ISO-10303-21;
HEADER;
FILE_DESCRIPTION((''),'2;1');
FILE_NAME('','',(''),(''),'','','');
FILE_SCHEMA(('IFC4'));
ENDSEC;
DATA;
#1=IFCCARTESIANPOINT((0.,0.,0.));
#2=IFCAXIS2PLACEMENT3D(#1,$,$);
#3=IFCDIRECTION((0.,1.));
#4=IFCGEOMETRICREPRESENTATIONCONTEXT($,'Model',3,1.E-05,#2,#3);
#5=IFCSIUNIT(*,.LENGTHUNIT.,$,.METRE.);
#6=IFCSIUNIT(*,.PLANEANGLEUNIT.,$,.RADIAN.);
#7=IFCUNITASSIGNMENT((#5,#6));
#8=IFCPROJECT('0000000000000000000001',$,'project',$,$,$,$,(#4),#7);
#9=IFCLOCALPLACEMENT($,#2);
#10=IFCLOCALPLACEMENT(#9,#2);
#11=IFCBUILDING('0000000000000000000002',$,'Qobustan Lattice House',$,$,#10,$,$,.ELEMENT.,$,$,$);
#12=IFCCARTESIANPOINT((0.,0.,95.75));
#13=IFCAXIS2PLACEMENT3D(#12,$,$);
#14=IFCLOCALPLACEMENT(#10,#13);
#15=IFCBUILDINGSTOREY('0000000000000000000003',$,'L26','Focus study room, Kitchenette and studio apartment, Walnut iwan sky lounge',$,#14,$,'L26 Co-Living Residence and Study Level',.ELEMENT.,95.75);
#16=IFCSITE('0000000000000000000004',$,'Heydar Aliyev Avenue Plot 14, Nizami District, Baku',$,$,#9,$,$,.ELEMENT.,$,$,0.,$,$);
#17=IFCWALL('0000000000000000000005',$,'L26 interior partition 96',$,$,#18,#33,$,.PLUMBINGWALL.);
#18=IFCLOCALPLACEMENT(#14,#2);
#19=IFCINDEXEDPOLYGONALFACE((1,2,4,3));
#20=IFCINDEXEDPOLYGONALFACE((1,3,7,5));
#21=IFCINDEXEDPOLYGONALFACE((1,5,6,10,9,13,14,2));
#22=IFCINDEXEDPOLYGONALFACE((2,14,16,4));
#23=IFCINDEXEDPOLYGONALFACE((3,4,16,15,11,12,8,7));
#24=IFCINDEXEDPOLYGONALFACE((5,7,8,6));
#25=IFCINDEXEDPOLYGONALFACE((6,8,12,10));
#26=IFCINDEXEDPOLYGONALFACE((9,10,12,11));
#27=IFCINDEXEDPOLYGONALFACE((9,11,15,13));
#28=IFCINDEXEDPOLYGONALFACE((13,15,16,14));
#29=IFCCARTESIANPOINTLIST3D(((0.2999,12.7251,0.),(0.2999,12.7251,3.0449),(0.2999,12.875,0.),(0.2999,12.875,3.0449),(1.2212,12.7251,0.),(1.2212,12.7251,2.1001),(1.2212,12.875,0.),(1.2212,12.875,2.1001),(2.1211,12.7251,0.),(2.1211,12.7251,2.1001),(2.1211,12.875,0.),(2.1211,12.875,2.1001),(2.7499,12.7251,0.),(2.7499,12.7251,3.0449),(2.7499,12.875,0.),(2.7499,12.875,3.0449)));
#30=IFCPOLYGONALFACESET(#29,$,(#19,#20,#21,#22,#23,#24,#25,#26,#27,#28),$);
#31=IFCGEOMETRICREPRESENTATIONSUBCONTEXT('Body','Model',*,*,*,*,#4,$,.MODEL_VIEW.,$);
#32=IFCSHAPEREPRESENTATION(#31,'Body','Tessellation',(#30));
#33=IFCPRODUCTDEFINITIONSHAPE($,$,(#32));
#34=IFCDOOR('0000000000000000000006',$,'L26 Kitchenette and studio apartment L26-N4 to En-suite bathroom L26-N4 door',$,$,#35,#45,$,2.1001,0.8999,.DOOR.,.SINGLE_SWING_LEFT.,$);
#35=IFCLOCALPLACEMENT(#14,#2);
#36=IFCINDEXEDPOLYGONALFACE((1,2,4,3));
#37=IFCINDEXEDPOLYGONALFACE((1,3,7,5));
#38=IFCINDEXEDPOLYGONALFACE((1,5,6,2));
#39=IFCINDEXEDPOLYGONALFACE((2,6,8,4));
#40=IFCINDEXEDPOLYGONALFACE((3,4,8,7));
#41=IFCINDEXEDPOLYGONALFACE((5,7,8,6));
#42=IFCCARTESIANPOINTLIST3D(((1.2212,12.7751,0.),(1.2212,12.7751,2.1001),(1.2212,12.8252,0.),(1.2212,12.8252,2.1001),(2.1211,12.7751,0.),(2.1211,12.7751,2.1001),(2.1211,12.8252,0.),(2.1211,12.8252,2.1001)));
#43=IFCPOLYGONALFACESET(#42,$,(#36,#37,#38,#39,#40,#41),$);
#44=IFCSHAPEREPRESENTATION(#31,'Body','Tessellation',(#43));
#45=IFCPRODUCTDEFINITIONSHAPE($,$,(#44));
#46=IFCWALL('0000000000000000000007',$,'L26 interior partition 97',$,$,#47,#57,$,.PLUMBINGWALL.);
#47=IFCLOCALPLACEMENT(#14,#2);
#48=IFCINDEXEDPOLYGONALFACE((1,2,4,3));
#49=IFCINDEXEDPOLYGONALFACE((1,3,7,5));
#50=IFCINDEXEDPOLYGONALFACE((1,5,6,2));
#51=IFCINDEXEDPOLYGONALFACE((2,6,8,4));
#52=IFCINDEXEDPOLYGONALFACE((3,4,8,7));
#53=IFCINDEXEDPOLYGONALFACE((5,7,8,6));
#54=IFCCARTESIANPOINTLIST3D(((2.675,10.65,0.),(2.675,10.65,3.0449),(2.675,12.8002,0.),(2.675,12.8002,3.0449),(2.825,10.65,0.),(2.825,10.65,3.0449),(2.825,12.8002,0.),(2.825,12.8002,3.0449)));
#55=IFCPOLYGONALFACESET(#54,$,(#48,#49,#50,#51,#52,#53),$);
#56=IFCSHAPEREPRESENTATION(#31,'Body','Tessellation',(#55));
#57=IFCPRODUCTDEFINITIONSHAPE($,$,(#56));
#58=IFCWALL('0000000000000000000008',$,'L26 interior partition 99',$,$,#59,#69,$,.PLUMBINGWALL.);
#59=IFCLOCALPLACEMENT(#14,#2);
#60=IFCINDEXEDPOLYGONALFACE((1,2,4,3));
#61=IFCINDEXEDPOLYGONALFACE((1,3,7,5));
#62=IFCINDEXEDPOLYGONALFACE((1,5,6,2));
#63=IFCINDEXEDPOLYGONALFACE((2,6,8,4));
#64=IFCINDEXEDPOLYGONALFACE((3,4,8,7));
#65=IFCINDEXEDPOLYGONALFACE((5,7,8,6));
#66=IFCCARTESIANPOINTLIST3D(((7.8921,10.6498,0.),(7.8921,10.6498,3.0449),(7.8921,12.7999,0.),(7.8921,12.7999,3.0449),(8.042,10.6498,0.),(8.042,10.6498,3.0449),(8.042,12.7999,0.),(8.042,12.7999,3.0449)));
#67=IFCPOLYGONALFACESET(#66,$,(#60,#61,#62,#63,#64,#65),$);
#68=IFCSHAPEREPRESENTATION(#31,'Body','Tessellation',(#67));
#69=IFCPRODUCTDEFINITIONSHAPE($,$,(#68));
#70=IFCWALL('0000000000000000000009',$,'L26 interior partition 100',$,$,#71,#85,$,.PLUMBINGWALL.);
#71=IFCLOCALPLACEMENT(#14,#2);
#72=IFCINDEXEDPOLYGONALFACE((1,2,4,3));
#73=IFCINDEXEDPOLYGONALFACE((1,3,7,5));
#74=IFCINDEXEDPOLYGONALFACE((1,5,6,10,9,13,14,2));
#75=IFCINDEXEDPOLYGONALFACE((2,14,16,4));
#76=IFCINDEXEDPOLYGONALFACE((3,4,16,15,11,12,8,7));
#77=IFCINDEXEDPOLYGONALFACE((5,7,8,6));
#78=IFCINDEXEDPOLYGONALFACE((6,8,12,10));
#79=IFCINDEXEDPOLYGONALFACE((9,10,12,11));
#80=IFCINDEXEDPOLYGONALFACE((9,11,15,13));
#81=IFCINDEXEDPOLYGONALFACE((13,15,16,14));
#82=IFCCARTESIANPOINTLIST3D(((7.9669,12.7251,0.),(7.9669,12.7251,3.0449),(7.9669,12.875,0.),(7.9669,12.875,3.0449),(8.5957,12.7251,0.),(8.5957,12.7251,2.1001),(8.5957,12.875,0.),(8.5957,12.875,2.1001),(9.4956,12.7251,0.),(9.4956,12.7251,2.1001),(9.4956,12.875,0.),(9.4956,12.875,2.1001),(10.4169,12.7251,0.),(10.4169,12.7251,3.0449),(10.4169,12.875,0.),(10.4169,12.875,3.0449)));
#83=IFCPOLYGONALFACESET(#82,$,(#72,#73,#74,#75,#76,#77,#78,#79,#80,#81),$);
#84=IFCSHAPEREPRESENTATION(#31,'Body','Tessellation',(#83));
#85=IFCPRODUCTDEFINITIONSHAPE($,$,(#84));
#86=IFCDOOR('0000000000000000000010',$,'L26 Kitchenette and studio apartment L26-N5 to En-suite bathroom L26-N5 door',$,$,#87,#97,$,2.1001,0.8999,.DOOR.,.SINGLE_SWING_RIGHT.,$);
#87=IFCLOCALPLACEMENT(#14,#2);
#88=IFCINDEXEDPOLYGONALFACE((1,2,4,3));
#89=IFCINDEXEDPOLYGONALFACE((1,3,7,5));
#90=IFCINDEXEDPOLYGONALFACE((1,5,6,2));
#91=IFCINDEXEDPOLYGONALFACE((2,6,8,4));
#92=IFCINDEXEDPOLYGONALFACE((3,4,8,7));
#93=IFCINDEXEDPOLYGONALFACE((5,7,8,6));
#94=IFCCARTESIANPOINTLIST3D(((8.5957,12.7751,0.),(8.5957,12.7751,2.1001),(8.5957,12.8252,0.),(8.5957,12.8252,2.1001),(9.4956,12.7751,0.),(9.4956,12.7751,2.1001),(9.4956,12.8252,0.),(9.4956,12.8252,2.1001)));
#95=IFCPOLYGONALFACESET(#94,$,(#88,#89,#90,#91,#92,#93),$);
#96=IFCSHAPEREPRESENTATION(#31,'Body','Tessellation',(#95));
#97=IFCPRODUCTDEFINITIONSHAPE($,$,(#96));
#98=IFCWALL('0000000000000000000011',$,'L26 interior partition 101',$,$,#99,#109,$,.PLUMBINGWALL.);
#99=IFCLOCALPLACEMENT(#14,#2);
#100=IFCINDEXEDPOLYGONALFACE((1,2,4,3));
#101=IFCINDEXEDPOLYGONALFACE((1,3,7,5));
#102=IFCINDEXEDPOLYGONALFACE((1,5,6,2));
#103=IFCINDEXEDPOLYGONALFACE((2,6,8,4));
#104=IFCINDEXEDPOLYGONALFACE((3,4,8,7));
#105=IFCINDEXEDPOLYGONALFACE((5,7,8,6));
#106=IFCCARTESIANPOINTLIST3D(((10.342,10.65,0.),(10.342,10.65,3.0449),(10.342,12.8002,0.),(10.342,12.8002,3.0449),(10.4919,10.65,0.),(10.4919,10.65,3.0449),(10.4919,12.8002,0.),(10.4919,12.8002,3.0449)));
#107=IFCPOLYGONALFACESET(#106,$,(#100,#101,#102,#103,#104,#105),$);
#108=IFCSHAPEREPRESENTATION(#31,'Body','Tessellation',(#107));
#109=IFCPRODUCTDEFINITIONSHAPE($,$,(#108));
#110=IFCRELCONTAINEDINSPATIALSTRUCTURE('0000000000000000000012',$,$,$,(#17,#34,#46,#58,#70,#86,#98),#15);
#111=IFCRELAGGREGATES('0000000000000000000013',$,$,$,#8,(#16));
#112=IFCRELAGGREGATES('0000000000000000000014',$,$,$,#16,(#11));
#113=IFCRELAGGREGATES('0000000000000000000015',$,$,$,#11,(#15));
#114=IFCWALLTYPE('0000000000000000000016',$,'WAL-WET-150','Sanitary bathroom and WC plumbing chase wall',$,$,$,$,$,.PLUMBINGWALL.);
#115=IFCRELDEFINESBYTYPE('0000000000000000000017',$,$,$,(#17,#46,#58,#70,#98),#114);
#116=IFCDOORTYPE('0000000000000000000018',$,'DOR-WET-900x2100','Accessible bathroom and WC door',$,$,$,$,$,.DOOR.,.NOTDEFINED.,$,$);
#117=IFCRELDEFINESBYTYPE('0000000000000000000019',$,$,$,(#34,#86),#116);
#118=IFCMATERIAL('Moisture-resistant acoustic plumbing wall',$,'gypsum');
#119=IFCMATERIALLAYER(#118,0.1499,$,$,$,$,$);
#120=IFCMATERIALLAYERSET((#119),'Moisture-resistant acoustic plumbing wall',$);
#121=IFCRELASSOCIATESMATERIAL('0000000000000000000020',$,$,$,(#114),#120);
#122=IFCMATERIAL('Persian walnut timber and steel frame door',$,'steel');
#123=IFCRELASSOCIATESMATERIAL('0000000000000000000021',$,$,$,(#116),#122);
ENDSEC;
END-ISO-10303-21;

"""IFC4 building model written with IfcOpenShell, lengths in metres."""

from ifc_helpers import new_model, si_unit, direction, frame, frame_2d, origin, place, context, subcontext, project, spatial, rectangle, extrude, material, layer, layer_set, type_object, element, fill, save


model = new_model("IFC4")

# Units and contexts
model_context = context("Model", 3, precision=1e-05, world=origin(), true_north=direction((0.0, 1.0)))
body_context = subcontext(model_context, "Body", "Model", "MODEL_VIEW")
ifc_project = project(units=[si_unit("LENGTHUNIT", "METRE"), si_unit("PLANEANGLEUNIT", "RADIAN")], contexts=[model_context])

# Site, building, storey
site_placement = place(None, origin())
site = spatial("IfcSite", under=ifc_project, at=site_placement, Name="Heydar Aliyev Avenue Plot 14, Nizami District, Baku", CompositionType="ELEMENT", RefElevation=0.0)
building_placement = place(site_placement, origin())
building = spatial("IfcBuilding", under=site, at=building_placement, Name="Qobustan Lattice House", CompositionType="ELEMENT")
storey_placement = place(building_placement, frame((0.0, 0.0, 95.75)))
storey = spatial("IfcBuildingStorey", under=building, at=storey_placement, Name="L26", Description="Focus study room, Kitchenette and studio apartment, Walnut iwan sky lounge", LongName="L26 Co-Living Residence and Study Level", CompositionType="ELEMENT", Elevation=95.75)

# Shared definitions
ifc_material_1 = material(Name="Moisture-resistant acoustic plumbing wall", Category="gypsum")
ifc_layer_1 = layer(ifc_material_1, 0.1499)
ifc_layer_set_1 = layer_set([ifc_layer_1], Name="Moisture-resistant acoustic plumbing wall")
wall_type_1 = type_object("IfcWallType", Name="WAL-WET-150", Description="Sanitary bathroom and WC plumbing chase wall", PredefinedType="PLUMBINGWALL", material=ifc_layer_set_1)

# Wall, opening, door
wall_1_placement = place(storey_placement, frame((2.75, 12.8, 0.0), z_axis=(0.0, 0.0, 1.0), x_axis=(-1.0, 0.0, 0.0)))
wall_1 = element("IfcWall", 1, at=wall_1_placement, inside=storey, type_object=wall_type_1, Name="L26 interior partition 96", PredefinedType="PLUMBINGWALL", context=body_context, shape_type="SweptSolid", body=[
    extrude(rectangle(XDim=2.45, YDim=0.1499, at=frame_2d((1.2251, 0.0))), origin(), (0.0, 0.0, 1.0), 3.0449),
])
opening_1_placement = place(wall_1_placement, frame((0.6289, 0.0, 0.0)))
opening_1 = element("IfcOpeningElement", 2, at=opening_1_placement, cuts=wall_1, PredefinedType="OPENING", context=body_context, shape_type="SweptSolid", body=[
    extrude(rectangle(XDim=0.8999, YDim=2.1001, at=frame_2d((0.45, 1.05))), frame((0.0, 0.085, 0.0), z_axis=(0.0, -1.0, 0.0), x_axis=(1.0, 0.0, 0.0)), (0.0, 0.0, 1.0), 0.1699),
])
ifc_material_2 = material(Name="Persian walnut timber and steel frame door", Category="steel")
door_type_1 = type_object("IfcDoorType", Name="DOR-WET-900x2100", Description="Accessible bathroom and WC door", OperationType="NOTDEFINED", PredefinedType="DOOR", material=ifc_material_2)
door_1_placement = place(opening_1_placement, origin())
door_1 = element("IfcDoor", 3, at=door_1_placement, inside=storey, type_object=door_type_1, Name="L26 Kitchenette and studio apartment L26-N4 to En-suite bathroom L26-N4 door", OperationType="SINGLE_SWING_LEFT", OverallHeight=2.1001, OverallWidth=0.8999, PredefinedType="DOOR", context=body_context, shape_type="SweptSolid", body=[
    extrude(rectangle(XDim=0.8999, YDim=2.1001, at=frame_2d((0.45, 1.05))), frame((0.0, 0.0249, 0.0), z_axis=(0.0, -1.0, 0.0), x_axis=(1.0, 0.0, 0.0)), (0.0, 0.0, 1.0), 0.05),
])
fill(opening_1, door_1)

# Walls
for number, where, z_axis, x_axis, name in (
    (4, (2.75, 10.6499, 0.0), (0.0, 0.0, 1.0), (0.0, 1.0, 0.0), "L26 interior partition 97"),
    (5, (7.967, 12.8, 0.0), (0.0, 0.0, 1.0), (0.0, -1.0, 0.0), "L26 interior partition 99"),
):
    element("IfcWall", number, at=place(storey_placement, frame(where, z_axis=z_axis, x_axis=x_axis)), inside=storey, type_object=wall_type_1, Name=name, PredefinedType="PLUMBINGWALL", context=body_context, shape_type="SweptSolid", body=[
        extrude(rectangle(XDim=2.1501, YDim=0.1499, at=frame_2d((1.0752, 0.0))), origin(), (0.0, 0.0, 1.0), 3.0449),
    ])

# Wall, opening, door
wall_2_placement = place(storey_placement, frame((10.417, 12.8, 0.0), z_axis=(0.0, 0.0, 1.0), x_axis=(-1.0, 0.0, 0.0)))
wall_2 = element("IfcWall", 6, at=wall_2_placement, inside=storey, type_object=wall_type_1, Name="L26 interior partition 100", PredefinedType="PLUMBINGWALL", context=body_context, shape_type="SweptSolid", body=[
    extrude(rectangle(XDim=2.45, YDim=0.1499, at=frame_2d((1.2251, 0.0))), origin(), (0.0, 0.0, 1.0), 3.0449),
])
opening_2_placement = place(wall_2_placement, frame((0.9214, 0.0, 0.0)))
opening_2 = element("IfcOpeningElement", 7, at=opening_2_placement, cuts=wall_2, PredefinedType="OPENING", context=body_context, shape_type="SweptSolid", body=[
    extrude(rectangle(XDim=0.8999, YDim=2.1001, at=frame_2d((0.45, 1.05))), frame((0.0, 0.085, 0.0), z_axis=(0.0, -1.0, 0.0), x_axis=(1.0, 0.0, 0.0)), (0.0, 0.0, 1.0), 0.1699),
])
door_2_placement = place(opening_2_placement, origin())
door_2 = element("IfcDoor", 8, at=door_2_placement, inside=storey, type_object=door_type_1, Name="L26 Kitchenette and studio apartment L26-N5 to En-suite bathroom L26-N5 door", OperationType="SINGLE_SWING_RIGHT", OverallHeight=2.1001, OverallWidth=0.8999, PredefinedType="DOOR", context=body_context, shape_type="SweptSolid", body=[
    extrude(rectangle(XDim=0.8999, YDim=2.1001, at=frame_2d((0.45, 1.05))), frame((0.0, 0.0249, 0.0), z_axis=(0.0, -1.0, 0.0), x_axis=(1.0, 0.0, 0.0)), (0.0, 0.0, 1.0), 0.05),
])
fill(opening_2, door_2)

# Wall
wall_3_placement = place(storey_placement, frame((10.417, 10.6499, 0.0), z_axis=(0.0, 0.0, 1.0), x_axis=(0.0, 1.0, 0.0)))
element("IfcWall", 9, at=wall_3_placement, inside=storey, type_object=wall_type_1, Name="L26 interior partition 101", PredefinedType="PLUMBINGWALL", context=body_context, shape_type="SweptSolid", body=[
    extrude(rectangle(XDim=2.1501, YDim=0.1499, at=frame_2d((1.0752, 0.0))), origin(), (0.0, 0.0, 1.0), 3.0449),
])

save(model, "model.ifc")
